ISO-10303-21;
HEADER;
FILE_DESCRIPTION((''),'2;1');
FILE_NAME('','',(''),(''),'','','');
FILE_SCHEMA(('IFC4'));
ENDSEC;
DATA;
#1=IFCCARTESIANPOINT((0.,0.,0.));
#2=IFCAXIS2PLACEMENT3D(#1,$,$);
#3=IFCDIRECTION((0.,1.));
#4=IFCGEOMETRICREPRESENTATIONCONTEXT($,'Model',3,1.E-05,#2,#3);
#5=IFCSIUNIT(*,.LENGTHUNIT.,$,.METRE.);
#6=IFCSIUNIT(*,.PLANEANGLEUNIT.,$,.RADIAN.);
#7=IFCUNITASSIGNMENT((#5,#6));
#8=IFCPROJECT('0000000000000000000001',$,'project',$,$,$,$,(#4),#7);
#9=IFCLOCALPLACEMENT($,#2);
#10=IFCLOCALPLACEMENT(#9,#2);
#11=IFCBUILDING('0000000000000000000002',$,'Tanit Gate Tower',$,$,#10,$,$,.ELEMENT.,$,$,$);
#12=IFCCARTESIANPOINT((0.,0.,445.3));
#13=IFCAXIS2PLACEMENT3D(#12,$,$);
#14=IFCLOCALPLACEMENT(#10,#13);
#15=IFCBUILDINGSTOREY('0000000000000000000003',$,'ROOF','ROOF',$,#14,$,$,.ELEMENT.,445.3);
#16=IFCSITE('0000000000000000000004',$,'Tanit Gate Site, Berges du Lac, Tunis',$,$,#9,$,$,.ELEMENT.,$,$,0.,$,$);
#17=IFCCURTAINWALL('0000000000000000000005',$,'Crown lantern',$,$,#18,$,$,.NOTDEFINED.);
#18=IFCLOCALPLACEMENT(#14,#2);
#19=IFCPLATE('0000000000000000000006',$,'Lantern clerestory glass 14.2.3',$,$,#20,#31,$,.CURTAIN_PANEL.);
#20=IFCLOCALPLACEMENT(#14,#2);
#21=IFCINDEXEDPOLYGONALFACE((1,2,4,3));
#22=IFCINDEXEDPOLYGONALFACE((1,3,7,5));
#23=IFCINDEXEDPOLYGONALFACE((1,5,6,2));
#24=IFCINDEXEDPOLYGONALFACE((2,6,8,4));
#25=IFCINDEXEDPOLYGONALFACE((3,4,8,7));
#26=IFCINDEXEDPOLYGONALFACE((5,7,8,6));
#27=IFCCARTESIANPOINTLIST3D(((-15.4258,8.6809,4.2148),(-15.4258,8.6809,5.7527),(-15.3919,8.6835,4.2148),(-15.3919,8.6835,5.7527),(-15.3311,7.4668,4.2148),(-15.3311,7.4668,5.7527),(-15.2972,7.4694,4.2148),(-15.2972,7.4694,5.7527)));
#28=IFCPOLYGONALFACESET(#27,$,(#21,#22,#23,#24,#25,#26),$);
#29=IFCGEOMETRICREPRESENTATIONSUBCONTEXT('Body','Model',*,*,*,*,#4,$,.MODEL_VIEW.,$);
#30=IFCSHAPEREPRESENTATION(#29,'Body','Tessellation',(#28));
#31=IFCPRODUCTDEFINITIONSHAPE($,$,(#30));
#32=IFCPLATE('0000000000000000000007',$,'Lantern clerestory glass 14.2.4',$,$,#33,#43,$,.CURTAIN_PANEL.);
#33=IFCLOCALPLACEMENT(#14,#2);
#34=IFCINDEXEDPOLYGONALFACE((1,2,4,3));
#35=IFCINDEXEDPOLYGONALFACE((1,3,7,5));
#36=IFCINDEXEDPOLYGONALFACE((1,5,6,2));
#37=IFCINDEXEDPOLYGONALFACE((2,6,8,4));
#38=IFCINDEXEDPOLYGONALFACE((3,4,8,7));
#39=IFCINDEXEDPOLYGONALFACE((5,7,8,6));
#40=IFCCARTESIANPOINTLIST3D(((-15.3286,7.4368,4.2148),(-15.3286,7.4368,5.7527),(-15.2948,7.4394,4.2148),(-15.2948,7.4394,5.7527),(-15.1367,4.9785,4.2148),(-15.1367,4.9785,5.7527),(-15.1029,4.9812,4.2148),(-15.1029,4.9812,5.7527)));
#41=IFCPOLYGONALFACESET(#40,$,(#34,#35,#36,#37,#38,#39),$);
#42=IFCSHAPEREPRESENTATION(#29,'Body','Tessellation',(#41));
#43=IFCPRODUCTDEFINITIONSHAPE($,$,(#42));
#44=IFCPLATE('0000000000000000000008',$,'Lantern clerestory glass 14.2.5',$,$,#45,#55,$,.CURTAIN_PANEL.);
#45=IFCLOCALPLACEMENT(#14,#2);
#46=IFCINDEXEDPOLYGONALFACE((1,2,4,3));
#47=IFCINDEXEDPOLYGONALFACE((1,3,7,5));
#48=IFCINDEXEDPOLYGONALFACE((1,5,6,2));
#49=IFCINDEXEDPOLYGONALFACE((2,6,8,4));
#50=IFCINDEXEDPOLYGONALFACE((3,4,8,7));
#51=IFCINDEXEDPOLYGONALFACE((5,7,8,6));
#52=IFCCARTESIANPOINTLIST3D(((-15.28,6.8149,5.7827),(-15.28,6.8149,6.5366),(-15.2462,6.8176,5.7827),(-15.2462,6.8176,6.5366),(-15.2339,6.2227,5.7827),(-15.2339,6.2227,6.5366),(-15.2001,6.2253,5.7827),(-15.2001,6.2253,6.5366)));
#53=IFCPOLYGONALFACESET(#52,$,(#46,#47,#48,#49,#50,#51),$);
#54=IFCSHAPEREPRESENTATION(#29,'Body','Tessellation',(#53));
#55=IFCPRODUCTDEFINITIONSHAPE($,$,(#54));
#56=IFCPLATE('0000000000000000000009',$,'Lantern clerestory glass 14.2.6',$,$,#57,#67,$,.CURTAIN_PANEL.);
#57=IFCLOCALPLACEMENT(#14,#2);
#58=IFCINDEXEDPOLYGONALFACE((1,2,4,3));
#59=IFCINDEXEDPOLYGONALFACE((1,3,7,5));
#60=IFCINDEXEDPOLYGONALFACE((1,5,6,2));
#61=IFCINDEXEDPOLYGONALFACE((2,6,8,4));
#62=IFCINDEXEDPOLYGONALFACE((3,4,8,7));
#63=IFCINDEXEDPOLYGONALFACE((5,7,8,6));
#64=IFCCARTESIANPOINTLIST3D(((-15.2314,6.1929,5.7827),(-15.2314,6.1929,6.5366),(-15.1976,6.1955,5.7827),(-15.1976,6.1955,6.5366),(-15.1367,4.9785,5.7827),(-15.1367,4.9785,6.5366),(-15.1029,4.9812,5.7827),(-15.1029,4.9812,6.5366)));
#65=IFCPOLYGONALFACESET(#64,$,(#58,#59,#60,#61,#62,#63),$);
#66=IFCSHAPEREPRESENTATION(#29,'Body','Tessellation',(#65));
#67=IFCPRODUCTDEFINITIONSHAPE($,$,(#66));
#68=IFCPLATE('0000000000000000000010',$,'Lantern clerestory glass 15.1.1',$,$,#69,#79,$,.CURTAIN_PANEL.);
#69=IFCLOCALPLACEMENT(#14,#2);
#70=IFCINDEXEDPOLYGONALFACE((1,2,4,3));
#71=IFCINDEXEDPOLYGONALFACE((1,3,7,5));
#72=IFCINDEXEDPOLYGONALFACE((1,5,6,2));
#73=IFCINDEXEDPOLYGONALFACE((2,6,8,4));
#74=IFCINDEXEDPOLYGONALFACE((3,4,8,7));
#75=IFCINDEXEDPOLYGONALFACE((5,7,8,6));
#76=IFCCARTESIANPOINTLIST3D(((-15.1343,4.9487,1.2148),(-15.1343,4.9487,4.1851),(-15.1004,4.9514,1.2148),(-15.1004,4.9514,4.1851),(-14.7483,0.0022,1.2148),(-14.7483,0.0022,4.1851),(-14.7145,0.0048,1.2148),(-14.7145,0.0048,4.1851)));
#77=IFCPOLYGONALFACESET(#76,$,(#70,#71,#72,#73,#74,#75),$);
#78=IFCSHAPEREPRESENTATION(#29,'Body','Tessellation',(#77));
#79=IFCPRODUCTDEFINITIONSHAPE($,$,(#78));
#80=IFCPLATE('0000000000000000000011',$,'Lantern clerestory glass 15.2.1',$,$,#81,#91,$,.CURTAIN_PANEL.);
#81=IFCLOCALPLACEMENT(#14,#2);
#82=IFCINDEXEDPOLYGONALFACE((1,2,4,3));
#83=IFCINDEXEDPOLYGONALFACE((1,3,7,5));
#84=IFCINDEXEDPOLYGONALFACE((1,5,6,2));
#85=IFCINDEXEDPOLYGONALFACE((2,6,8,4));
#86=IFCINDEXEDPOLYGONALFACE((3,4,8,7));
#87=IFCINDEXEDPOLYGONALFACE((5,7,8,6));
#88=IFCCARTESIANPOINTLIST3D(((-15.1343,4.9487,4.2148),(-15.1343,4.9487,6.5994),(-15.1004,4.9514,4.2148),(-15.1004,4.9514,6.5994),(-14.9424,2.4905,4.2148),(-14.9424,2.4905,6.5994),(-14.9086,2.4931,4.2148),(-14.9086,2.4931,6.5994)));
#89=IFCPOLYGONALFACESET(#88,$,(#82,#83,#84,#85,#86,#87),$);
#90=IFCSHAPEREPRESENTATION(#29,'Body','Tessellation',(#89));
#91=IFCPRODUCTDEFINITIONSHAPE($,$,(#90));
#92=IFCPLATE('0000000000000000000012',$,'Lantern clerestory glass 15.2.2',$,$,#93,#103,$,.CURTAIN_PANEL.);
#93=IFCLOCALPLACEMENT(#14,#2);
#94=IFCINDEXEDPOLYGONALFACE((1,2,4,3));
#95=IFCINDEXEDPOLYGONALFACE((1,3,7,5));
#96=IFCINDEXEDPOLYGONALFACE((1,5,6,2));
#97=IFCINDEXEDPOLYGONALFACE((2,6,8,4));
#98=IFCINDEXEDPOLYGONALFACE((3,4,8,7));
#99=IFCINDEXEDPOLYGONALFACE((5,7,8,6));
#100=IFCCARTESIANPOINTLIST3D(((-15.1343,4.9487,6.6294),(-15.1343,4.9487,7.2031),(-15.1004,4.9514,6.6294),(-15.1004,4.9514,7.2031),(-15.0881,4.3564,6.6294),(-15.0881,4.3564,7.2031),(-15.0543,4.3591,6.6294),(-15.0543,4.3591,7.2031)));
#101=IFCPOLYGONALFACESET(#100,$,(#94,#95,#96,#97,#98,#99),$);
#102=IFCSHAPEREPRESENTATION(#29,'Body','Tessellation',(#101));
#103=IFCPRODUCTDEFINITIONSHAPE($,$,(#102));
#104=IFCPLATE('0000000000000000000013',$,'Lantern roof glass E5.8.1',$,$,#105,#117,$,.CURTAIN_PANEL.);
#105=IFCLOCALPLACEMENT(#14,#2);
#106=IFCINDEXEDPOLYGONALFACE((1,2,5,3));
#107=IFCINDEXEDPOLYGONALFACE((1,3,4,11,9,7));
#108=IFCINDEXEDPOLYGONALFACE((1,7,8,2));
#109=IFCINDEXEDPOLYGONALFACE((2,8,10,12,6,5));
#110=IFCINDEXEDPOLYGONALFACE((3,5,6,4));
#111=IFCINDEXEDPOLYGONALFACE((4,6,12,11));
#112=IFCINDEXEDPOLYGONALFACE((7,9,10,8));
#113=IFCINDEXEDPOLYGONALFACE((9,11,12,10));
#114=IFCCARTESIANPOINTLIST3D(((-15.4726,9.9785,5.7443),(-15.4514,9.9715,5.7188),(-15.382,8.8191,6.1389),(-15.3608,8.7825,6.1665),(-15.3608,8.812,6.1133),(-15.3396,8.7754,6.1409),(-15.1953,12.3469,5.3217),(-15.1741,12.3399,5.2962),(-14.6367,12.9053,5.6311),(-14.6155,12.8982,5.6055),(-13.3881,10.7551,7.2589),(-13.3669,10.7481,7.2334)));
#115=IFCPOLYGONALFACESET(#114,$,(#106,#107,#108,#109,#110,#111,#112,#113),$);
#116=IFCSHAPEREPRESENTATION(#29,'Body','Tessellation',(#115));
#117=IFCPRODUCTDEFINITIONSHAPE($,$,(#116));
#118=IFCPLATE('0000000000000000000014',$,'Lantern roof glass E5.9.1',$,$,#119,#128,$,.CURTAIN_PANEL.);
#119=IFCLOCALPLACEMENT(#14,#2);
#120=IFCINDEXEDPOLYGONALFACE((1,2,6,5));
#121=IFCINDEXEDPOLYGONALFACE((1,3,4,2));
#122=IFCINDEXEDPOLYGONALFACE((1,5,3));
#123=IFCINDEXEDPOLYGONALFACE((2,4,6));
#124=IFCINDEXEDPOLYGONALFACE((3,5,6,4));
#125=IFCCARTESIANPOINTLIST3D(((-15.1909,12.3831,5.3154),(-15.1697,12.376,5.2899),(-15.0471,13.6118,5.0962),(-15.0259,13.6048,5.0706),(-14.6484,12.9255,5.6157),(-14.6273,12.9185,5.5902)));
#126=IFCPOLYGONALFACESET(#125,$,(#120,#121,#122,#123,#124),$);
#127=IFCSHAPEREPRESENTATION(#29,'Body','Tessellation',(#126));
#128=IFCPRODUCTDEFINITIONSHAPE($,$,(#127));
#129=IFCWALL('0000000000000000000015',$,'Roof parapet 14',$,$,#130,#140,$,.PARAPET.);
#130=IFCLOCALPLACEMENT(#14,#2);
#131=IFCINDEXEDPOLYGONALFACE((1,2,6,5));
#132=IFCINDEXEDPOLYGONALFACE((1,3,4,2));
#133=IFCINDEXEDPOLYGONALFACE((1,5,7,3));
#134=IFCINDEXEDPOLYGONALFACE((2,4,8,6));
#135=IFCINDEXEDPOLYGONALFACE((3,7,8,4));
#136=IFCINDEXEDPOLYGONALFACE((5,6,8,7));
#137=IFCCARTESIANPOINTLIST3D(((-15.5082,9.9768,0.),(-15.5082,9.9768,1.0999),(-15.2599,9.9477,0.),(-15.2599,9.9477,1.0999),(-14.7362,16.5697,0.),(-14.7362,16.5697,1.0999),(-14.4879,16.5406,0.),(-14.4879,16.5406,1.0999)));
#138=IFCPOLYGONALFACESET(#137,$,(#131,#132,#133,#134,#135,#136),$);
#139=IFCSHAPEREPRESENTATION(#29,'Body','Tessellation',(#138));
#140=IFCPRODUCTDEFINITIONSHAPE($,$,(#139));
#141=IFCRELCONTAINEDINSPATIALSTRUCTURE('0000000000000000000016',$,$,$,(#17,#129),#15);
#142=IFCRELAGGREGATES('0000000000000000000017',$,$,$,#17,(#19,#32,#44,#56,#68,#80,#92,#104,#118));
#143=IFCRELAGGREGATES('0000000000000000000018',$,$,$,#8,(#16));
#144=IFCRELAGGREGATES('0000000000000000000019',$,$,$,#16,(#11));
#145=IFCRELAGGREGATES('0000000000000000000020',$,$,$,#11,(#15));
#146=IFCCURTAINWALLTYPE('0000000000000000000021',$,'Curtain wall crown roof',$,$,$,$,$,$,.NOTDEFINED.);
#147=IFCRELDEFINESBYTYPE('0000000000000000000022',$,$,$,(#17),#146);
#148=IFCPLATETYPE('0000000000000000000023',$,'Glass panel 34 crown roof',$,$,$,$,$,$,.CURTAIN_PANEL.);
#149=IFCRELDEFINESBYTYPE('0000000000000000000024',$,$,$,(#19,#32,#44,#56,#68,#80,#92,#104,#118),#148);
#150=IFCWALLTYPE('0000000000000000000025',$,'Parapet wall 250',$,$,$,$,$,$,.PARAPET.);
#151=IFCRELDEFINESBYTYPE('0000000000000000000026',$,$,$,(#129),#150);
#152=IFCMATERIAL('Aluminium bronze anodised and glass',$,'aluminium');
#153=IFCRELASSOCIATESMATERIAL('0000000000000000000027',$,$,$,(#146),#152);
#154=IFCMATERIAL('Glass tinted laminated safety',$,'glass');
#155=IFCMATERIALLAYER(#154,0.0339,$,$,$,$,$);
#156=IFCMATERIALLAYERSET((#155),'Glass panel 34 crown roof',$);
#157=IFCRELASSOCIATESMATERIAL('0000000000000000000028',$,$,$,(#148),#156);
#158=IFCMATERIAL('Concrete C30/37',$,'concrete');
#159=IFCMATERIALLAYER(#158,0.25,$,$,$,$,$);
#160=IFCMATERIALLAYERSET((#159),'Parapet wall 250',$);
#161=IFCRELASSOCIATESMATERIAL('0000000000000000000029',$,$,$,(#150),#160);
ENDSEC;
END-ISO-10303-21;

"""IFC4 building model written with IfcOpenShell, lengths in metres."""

from ifc_helpers import new_model, si_unit, direction, frame, frame_2d, origin, place, context, subcontext, project, spatial, polyline, rectangle, outline, extrude, material, layer, layer_set, type_object, element, aggregate, save


model = new_model("IFC4")

# Units and contexts
model_context = context("Model", 3, precision=1e-05, world=origin(), true_north=direction((0.0, 1.0)))
body_context = subcontext(model_context, "Body", "Model", "MODEL_VIEW")
ifc_project = project(units=[si_unit("LENGTHUNIT", "METRE"), si_unit("PLANEANGLEUNIT", "RADIAN")], contexts=[model_context])

# Site, building, storey
site_placement = place(None, origin())
site = spatial("IfcSite", under=ifc_project, at=site_placement, Name="Tanit Gate Site, Berges du Lac, Tunis", CompositionType="ELEMENT", RefElevation=0.0)
building_placement = place(site_placement, origin())
building = spatial("IfcBuilding", under=site, at=building_placement, Name="Tanit Gate Tower", CompositionType="ELEMENT")
storey_placement = place(building_placement, frame((0.0, 0.0, 445.3)))
storey = spatial("IfcBuildingStorey", under=building, at=storey_placement, Name="ROOF", Description="ROOF", CompositionType="ELEMENT", Elevation=445.3)

# Curtain wall, plates
ifc_material_1 = material(Name="Aluminium bronze anodised and glass", Category="aluminium")
curtain_wall_type = type_object("IfcCurtainWallType", Name="Curtain wall crown roof", PredefinedType="NOTDEFINED", material=ifc_material_1)
curtain_wall_placement = place(storey_placement, origin())
curtain_wall = element("IfcCurtainWall", 1, at=curtain_wall_placement, inside=storey, type_object=curtain_wall_type, Name="Crown lantern", PredefinedType="NOTDEFINED")
ifc_material_2 = material(Name="Glass tinted laminated safety", Category="glass")
ifc_layer_1 = layer(ifc_material_2, 0.0339)
ifc_layer_set_1 = layer_set([ifc_layer_1], Name="Glass panel 34 crown roof")
plate_type = type_object("IfcPlateType", Name="Glass panel 34 crown roof", PredefinedType="CURTAIN_PANEL", material=ifc_layer_set_1)
plate_1_placement = place(storey_placement, frame((-15.4258, 8.6809, 4.2148), z_axis=(-0.99697, -0.077785, 0.0), x_axis=(0.077785, -0.99697, 0.0)))
plate_1 = element("IfcPlate", 2, at=plate_1_placement, type_object=plate_type, Name="Lantern clerestory glass 14.2.3", PredefinedType="CURTAIN_PANEL", context=body_context, shape_type="SweptSolid", body=[
    extrude(outline(polyline([(0.0, 0.0), (1.2178, 0.0), (1.2178, 1.5378), (0.0, 1.5378), (0.0, 0.0)])), origin(), (0.0, 0.0, -1.0), 0.0339),
])
plate_2_placement = place(storey_placement, frame((-15.3286, 7.4368, 4.2148), z_axis=(-0.996967, -0.077825, 0.0), x_axis=(0.077825, -0.996967, 0.0)))
plate_2 = element("IfcPlate", 3, at=plate_2_placement, type_object=plate_type, Name="Lantern clerestory glass 14.2.4", PredefinedType="CURTAIN_PANEL", context=body_context, shape_type="SweptSolid", body=[
    extrude(outline(polyline([(0.0, 0.0), (2.4657, 0.0), (2.4657, 1.5378), (0.0, 1.5378), (0.0, 0.0)])), origin(), (0.0, 0.0, -1.0), 0.0339),
])
plate_3_placement = place(storey_placement, frame((-15.28, 6.8149, 5.7827), z_axis=(-0.996979, -0.077671, 0.0), x_axis=(0.077671, -0.996979, 0.0)))
plate_3 = element("IfcPlate", 4, at=plate_3_placement, type_object=plate_type, Name="Lantern clerestory glass 14.2.5", PredefinedType="CURTAIN_PANEL", context=body_context, shape_type="SweptSolid", body=[
    extrude(outline(polyline([(0.0, 0.0), (0.5941, 0.0), (0.5941, 0.7539), (0.0, 0.7539), (0.0, 0.0)])), origin(), (0.0, 0.0, -1.0), 0.0339),
])
plate_4_placement = place(storey_placement, frame((-15.2314, 6.1929, 5.7827), z_axis=(-0.996971, -0.077769, 0.0), x_axis=(0.077769, -0.996971, 0.0)))
plate_4 = element("IfcPlate", 5, at=plate_4_placement, type_object=plate_type, Name="Lantern clerestory glass 14.2.6", PredefinedType="CURTAIN_PANEL", context=body_context, shape_type="SweptSolid", body=[
    extrude(outline(polyline([(0.0, 0.0), (1.218, 0.0), (1.218, 0.7539), (0.0, 0.7539), (0.0, 0.0)])), origin(), (0.0, 0.0, -1.0), 0.0339),
])
plate_5_placement = place(storey_placement, frame((-15.1343, 4.9487, 1.2148), z_axis=(-0.996969, -0.077795, 0.0), x_axis=(0.077795, -0.996969, 0.0)))
plate_5 = element("IfcPlate", 6, at=plate_5_placement, type_object=plate_type, Name="Lantern clerestory glass 15.1.1", PredefinedType="CURTAIN_PANEL", context=body_context, shape_type="SweptSolid", body=[
    extrude(outline(polyline([(0.0, 0.0), (4.9616, 0.0), (4.9616, 2.9702), (0.0, 2.9702), (0.0, 0.0)])), origin(), (0.0, 0.0, -1.0), 0.0339),
])
plate_6_placement = place(storey_placement, frame((-15.1343, 4.9487, 4.2148), z_axis=(-0.996967, -0.077825, 0.0), x_axis=(0.077825, -0.996967, 0.0)))
plate_6 = element("IfcPlate", 7, at=plate_6_placement, type_object=plate_type, Name="Lantern clerestory glass 15.2.1", PredefinedType="CURTAIN_PANEL", context=body_context, shape_type="SweptSolid", body=[
    extrude(outline(polyline([(0.0, 0.0), (2.4657, 0.0), (2.4657, 2.3845), (0.0, 2.3845), (0.0, 0.0)])), origin(), (0.0, 0.0, -1.0), 0.0339),
])
plate_7_placement = place(storey_placement, frame((-15.1343, 4.9487, 6.6294), z_axis=(-0.996979, -0.077671, 0.0), x_axis=(0.077671, -0.996979, 0.0)))
plate_7 = element("IfcPlate", 8, at=plate_7_placement, type_object=plate_type, Name="Lantern clerestory glass 15.2.2", PredefinedType="CURTAIN_PANEL", context=body_context, shape_type="SweptSolid", body=[
    extrude(outline(polyline([(0.0, 0.0), (0.5941, 0.0), (0.5941, 0.5737), (0.0, 0.5737), (0.0, 0.0)])), origin(), (0.0, 0.0, -1.0), 0.0339),
])
plate_8_placement = place(storey_placement, frame((-15.3608, 8.7825, 6.1665), z_axis=(-0.62444, 0.20747, 0.753014), x_axis=(0.658449, 0.658407, 0.364617)))
plate_8 = element("IfcPlate", 9, at=plate_8_placement, type_object=plate_type, Name="Lantern roof glass E5.8.1", PredefinedType="CURTAIN_PANEL", context=body_context, shape_type="SweptSolid", body=[
    extrude(outline(polyline([(0.0, 0.0), (2.9961, 0.0), (2.9961, 2.9719), (2.1478, 2.972), (0.5599, 1.1435), (0.0001, 0.0505), (0.0, 0.0)])), origin(), (0.0, 0.0, -1.0), 0.0339),
])
plate_9_placement = place(storey_placement, frame((-15.1909, 12.3831, 5.3154), z_axis=(-0.624328, 0.207436, 0.753116), x_axis=(0.658462, 0.658462, 0.364495)))
plate_9 = element("IfcPlate", 10, at=plate_9_placement, type_object=plate_type, Name="Lantern roof glass E5.9.1", PredefinedType="CURTAIN_PANEL", context=body_context, shape_type="SweptSolid", body=[
    extrude(outline(polyline([(0.0, 0.0), (0.8239, 0.0), (0.8239, 0.9486), (0.0, 0.0)])), origin(), (0.0, 0.0, -1.0), 0.0339),
])
aggregate(curtain_wall, [plate_1, plate_2, plate_3, plate_4, plate_5, plate_6, plate_7, plate_8, plate_9])

# Wall
ifc_material_3 = material(Name="Concrete C30/37", Category="concrete")
ifc_layer_2 = layer(ifc_material_3, 0.25)
ifc_layer_set_2 = layer_set([ifc_layer_2], Name="Parapet wall 250")
wall_type = type_object("IfcWallType", Name="Parapet wall 250", PredefinedType="PARAPET", material=ifc_layer_set_2)
wall_placement = place(storey_placement, frame((-15.384, 9.9624, 0.0), z_axis=(0.0, 0.0, 1.0), x_axis=(0.116295, 0.993215, 0.0)))
element("IfcWall", 11, at=wall_placement, inside=storey, type_object=wall_type, Name="Roof parapet 14", PredefinedType="PARAPET", context=body_context, shape_type="SweptSolid", body=[
    extrude(rectangle(XDim=6.6379, YDim=0.25, at=frame_2d((3.3188, 0.0))), origin(), (0.0, 0.0, 1.0), 1.0999),
])

save(model, "model.ifc")
